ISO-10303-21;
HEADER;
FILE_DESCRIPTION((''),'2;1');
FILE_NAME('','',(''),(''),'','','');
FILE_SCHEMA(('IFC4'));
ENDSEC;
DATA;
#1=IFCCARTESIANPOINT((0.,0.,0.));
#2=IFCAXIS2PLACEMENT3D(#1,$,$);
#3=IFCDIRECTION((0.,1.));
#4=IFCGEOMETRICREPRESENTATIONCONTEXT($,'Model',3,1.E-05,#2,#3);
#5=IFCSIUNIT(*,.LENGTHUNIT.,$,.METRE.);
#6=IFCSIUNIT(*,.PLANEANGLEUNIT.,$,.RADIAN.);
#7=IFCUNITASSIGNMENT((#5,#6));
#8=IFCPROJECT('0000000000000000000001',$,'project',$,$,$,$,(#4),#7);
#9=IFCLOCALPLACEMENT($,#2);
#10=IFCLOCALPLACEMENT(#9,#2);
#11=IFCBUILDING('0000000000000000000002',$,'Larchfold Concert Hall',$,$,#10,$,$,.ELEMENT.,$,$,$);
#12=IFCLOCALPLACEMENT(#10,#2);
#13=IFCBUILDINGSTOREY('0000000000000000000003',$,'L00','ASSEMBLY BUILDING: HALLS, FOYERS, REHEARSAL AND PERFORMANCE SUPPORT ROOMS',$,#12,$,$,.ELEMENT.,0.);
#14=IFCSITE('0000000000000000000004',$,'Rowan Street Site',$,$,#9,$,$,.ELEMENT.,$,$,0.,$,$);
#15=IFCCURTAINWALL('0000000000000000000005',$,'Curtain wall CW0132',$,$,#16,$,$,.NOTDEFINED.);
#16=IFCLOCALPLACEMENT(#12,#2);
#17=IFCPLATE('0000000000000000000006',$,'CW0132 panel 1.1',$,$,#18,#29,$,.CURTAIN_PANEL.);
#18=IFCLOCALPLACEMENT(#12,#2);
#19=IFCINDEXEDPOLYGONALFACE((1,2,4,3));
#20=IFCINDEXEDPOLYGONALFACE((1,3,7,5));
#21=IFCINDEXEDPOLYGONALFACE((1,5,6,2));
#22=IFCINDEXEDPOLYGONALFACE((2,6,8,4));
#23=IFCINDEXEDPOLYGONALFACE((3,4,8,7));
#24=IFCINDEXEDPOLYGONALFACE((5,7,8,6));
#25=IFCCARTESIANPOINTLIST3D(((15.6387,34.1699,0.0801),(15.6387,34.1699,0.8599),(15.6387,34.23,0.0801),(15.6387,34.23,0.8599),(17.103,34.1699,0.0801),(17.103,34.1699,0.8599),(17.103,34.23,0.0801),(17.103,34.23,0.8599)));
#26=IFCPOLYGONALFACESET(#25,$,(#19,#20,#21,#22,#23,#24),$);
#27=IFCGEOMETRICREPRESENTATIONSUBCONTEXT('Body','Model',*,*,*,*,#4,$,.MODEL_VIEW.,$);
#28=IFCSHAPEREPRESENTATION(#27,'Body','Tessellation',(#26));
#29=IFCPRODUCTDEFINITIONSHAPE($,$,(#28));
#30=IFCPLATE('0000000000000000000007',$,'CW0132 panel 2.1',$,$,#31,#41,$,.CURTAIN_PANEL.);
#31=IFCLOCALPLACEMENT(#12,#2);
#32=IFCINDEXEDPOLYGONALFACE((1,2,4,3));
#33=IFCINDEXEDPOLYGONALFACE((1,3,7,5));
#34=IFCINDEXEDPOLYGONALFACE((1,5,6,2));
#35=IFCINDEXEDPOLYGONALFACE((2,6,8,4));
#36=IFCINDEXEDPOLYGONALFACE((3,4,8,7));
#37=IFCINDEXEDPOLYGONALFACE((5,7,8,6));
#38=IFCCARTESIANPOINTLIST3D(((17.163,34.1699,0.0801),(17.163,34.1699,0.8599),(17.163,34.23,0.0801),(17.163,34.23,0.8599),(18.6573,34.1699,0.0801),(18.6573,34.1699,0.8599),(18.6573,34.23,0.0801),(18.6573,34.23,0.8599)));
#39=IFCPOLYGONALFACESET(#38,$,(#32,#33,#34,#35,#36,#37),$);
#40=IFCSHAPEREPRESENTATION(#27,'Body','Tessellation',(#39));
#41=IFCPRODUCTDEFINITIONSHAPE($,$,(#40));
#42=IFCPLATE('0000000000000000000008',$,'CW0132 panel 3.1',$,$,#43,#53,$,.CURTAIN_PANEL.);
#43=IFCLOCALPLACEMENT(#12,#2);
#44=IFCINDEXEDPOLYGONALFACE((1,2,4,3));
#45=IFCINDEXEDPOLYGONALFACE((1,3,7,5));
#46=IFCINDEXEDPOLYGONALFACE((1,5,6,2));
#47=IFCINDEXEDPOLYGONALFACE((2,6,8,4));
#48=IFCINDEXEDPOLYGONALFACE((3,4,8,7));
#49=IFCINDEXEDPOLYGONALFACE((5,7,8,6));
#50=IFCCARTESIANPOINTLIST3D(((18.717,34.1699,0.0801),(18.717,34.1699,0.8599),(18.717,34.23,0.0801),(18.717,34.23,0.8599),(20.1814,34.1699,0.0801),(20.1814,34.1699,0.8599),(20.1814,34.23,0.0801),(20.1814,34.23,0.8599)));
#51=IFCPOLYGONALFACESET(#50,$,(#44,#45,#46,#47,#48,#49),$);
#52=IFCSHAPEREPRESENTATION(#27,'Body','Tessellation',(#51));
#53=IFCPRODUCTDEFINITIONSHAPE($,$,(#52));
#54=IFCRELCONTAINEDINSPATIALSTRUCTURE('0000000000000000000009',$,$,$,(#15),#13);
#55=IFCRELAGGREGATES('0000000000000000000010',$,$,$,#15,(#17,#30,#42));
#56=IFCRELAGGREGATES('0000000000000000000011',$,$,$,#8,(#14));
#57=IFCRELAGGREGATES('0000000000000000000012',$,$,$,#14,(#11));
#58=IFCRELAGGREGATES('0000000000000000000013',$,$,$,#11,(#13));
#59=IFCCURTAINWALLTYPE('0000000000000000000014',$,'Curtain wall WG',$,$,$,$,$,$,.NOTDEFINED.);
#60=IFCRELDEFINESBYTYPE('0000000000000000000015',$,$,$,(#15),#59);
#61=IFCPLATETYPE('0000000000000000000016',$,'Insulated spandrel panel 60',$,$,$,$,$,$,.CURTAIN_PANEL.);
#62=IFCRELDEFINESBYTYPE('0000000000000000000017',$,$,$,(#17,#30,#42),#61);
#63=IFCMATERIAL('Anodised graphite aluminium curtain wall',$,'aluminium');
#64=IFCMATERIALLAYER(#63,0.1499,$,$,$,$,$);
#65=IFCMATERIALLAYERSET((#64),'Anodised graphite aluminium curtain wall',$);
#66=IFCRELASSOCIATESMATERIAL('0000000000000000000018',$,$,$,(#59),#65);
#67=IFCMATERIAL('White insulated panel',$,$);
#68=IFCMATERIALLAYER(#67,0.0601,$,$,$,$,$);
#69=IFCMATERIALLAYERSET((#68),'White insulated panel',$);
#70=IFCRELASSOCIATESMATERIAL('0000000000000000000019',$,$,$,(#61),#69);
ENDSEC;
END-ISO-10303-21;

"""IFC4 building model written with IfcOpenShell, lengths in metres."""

from ifc_helpers import new_model, si_unit, direction, frame, origin, origin_2d, place, context, subcontext, project, spatial, rectangle, extrude, material, layer, layer_set, type_object, element, aggregate, save


model = new_model("IFC4")

# Units and contexts
model_context = context("Model", 3, precision=1e-05, world=origin(), true_north=direction((0.0, 1.0)))
body_context = subcontext(model_context, "Body", "Model", "MODEL_VIEW")
ifc_project = project(units=[si_unit("LENGTHUNIT", "METRE"), si_unit("PLANEANGLEUNIT", "RADIAN")], contexts=[model_context])

# Site, building, storey
site_placement = place(None, origin())
site = spatial("IfcSite", under=ifc_project, at=site_placement, Name="Rowan Street Site", CompositionType="ELEMENT", RefElevation=0.0)
building_placement = place(site_placement, origin())
building = spatial("IfcBuilding", under=site, at=building_placement, Name="Larchfold Concert Hall", CompositionType="ELEMENT")
storey_placement = place(building_placement, origin())
storey = spatial("IfcBuildingStorey", under=building, at=storey_placement, Name="L00", Description="ASSEMBLY BUILDING: HALLS, FOYERS, REHEARSAL AND PERFORMANCE SUPPORT ROOMS", CompositionType="ELEMENT", Elevation=0.0)

# Shared definitions
ifc_material_1 = material(Name="Anodised graphite aluminium curtain wall", Category="aluminium")
ifc_layer_1 = layer(ifc_material_1, 0.1499)
ifc_layer_set_1 = layer_set([ifc_layer_1], Name="Anodised graphite aluminium curtain wall")
curtain_wall_type = type_object("IfcCurtainWallType", Name="Curtain wall WG", PredefinedType="NOTDEFINED", material=ifc_layer_set_1)

# Curtain wall
curtain_wall_1_placement = place(storey_placement, origin())
curtain_wall_1 = element("IfcCurtainWall", 1, at=curtain_wall_1_placement, inside=storey, type_object=curtain_wall_type, Name="Curtain wall CW0132", PredefinedType="NOTDEFINED")

# Plates
ifc_material_2 = material(Name="White insulated panel")
ifc_layer_2 = layer(ifc_material_2, 0.0601)
ifc_layer_set_2 = layer_set([ifc_layer_2], Name="White insulated panel")
plate_type_1 = type_object("IfcPlateType", Name="Insulated spandrel panel 60", PredefinedType="CURTAIN_PANEL", material=ifc_layer_set_2)
plate_1_placement = place(storey_placement, frame((16.3708, 34.2, 0.0801), z_axis=(0.0, 0.0, 1.0), x_axis=(1.0, 0.0, 0.0)))
plate_1 = element("IfcPlate", 2, at=plate_1_placement, type_object=plate_type_1, Name="CW0132 panel 1.1", PredefinedType="CURTAIN_PANEL", context=body_context, shape_type="SweptSolid", body=[
    extrude(rectangle(XDim=1.4644, YDim=0.0601, at=origin_2d()), origin(), (0.0, 0.0, 1.0), 0.7798),
])
plate_2_placement = place(storey_placement, frame((17.9102, 34.2, 0.0801), z_axis=(0.0, 0.0, 1.0), x_axis=(1.0, 0.0, 0.0)))
plate_2 = element("IfcPlate", 3, at=plate_2_placement, type_object=plate_type_1, Name="CW0132 panel 2.1", PredefinedType="CURTAIN_PANEL", context=body_context, shape_type="SweptSolid", body=[
    extrude(rectangle(XDim=1.4944, YDim=0.0601, at=origin_2d()), origin(), (0.0, 0.0, 1.0), 0.7798),
])
plate_3_placement = place(storey_placement, frame((19.4492, 34.2, 0.0801), z_axis=(0.0, 0.0, 1.0), x_axis=(1.0, 0.0, 0.0)))
plate_3 = element("IfcPlate", 4, at=plate_3_placement, type_object=plate_type_1, Name="CW0132 panel 3.1", PredefinedType="CURTAIN_PANEL", context=body_context, shape_type="SweptSolid", body=[
    extrude(rectangle(XDim=1.4644, YDim=0.0601, at=origin_2d()), origin(), (0.0, 0.0, 1.0), 0.7798),
])
aggregate(curtain_wall_1, [plate_1, plate_2, plate_3])

save(model, "model.ifc")
